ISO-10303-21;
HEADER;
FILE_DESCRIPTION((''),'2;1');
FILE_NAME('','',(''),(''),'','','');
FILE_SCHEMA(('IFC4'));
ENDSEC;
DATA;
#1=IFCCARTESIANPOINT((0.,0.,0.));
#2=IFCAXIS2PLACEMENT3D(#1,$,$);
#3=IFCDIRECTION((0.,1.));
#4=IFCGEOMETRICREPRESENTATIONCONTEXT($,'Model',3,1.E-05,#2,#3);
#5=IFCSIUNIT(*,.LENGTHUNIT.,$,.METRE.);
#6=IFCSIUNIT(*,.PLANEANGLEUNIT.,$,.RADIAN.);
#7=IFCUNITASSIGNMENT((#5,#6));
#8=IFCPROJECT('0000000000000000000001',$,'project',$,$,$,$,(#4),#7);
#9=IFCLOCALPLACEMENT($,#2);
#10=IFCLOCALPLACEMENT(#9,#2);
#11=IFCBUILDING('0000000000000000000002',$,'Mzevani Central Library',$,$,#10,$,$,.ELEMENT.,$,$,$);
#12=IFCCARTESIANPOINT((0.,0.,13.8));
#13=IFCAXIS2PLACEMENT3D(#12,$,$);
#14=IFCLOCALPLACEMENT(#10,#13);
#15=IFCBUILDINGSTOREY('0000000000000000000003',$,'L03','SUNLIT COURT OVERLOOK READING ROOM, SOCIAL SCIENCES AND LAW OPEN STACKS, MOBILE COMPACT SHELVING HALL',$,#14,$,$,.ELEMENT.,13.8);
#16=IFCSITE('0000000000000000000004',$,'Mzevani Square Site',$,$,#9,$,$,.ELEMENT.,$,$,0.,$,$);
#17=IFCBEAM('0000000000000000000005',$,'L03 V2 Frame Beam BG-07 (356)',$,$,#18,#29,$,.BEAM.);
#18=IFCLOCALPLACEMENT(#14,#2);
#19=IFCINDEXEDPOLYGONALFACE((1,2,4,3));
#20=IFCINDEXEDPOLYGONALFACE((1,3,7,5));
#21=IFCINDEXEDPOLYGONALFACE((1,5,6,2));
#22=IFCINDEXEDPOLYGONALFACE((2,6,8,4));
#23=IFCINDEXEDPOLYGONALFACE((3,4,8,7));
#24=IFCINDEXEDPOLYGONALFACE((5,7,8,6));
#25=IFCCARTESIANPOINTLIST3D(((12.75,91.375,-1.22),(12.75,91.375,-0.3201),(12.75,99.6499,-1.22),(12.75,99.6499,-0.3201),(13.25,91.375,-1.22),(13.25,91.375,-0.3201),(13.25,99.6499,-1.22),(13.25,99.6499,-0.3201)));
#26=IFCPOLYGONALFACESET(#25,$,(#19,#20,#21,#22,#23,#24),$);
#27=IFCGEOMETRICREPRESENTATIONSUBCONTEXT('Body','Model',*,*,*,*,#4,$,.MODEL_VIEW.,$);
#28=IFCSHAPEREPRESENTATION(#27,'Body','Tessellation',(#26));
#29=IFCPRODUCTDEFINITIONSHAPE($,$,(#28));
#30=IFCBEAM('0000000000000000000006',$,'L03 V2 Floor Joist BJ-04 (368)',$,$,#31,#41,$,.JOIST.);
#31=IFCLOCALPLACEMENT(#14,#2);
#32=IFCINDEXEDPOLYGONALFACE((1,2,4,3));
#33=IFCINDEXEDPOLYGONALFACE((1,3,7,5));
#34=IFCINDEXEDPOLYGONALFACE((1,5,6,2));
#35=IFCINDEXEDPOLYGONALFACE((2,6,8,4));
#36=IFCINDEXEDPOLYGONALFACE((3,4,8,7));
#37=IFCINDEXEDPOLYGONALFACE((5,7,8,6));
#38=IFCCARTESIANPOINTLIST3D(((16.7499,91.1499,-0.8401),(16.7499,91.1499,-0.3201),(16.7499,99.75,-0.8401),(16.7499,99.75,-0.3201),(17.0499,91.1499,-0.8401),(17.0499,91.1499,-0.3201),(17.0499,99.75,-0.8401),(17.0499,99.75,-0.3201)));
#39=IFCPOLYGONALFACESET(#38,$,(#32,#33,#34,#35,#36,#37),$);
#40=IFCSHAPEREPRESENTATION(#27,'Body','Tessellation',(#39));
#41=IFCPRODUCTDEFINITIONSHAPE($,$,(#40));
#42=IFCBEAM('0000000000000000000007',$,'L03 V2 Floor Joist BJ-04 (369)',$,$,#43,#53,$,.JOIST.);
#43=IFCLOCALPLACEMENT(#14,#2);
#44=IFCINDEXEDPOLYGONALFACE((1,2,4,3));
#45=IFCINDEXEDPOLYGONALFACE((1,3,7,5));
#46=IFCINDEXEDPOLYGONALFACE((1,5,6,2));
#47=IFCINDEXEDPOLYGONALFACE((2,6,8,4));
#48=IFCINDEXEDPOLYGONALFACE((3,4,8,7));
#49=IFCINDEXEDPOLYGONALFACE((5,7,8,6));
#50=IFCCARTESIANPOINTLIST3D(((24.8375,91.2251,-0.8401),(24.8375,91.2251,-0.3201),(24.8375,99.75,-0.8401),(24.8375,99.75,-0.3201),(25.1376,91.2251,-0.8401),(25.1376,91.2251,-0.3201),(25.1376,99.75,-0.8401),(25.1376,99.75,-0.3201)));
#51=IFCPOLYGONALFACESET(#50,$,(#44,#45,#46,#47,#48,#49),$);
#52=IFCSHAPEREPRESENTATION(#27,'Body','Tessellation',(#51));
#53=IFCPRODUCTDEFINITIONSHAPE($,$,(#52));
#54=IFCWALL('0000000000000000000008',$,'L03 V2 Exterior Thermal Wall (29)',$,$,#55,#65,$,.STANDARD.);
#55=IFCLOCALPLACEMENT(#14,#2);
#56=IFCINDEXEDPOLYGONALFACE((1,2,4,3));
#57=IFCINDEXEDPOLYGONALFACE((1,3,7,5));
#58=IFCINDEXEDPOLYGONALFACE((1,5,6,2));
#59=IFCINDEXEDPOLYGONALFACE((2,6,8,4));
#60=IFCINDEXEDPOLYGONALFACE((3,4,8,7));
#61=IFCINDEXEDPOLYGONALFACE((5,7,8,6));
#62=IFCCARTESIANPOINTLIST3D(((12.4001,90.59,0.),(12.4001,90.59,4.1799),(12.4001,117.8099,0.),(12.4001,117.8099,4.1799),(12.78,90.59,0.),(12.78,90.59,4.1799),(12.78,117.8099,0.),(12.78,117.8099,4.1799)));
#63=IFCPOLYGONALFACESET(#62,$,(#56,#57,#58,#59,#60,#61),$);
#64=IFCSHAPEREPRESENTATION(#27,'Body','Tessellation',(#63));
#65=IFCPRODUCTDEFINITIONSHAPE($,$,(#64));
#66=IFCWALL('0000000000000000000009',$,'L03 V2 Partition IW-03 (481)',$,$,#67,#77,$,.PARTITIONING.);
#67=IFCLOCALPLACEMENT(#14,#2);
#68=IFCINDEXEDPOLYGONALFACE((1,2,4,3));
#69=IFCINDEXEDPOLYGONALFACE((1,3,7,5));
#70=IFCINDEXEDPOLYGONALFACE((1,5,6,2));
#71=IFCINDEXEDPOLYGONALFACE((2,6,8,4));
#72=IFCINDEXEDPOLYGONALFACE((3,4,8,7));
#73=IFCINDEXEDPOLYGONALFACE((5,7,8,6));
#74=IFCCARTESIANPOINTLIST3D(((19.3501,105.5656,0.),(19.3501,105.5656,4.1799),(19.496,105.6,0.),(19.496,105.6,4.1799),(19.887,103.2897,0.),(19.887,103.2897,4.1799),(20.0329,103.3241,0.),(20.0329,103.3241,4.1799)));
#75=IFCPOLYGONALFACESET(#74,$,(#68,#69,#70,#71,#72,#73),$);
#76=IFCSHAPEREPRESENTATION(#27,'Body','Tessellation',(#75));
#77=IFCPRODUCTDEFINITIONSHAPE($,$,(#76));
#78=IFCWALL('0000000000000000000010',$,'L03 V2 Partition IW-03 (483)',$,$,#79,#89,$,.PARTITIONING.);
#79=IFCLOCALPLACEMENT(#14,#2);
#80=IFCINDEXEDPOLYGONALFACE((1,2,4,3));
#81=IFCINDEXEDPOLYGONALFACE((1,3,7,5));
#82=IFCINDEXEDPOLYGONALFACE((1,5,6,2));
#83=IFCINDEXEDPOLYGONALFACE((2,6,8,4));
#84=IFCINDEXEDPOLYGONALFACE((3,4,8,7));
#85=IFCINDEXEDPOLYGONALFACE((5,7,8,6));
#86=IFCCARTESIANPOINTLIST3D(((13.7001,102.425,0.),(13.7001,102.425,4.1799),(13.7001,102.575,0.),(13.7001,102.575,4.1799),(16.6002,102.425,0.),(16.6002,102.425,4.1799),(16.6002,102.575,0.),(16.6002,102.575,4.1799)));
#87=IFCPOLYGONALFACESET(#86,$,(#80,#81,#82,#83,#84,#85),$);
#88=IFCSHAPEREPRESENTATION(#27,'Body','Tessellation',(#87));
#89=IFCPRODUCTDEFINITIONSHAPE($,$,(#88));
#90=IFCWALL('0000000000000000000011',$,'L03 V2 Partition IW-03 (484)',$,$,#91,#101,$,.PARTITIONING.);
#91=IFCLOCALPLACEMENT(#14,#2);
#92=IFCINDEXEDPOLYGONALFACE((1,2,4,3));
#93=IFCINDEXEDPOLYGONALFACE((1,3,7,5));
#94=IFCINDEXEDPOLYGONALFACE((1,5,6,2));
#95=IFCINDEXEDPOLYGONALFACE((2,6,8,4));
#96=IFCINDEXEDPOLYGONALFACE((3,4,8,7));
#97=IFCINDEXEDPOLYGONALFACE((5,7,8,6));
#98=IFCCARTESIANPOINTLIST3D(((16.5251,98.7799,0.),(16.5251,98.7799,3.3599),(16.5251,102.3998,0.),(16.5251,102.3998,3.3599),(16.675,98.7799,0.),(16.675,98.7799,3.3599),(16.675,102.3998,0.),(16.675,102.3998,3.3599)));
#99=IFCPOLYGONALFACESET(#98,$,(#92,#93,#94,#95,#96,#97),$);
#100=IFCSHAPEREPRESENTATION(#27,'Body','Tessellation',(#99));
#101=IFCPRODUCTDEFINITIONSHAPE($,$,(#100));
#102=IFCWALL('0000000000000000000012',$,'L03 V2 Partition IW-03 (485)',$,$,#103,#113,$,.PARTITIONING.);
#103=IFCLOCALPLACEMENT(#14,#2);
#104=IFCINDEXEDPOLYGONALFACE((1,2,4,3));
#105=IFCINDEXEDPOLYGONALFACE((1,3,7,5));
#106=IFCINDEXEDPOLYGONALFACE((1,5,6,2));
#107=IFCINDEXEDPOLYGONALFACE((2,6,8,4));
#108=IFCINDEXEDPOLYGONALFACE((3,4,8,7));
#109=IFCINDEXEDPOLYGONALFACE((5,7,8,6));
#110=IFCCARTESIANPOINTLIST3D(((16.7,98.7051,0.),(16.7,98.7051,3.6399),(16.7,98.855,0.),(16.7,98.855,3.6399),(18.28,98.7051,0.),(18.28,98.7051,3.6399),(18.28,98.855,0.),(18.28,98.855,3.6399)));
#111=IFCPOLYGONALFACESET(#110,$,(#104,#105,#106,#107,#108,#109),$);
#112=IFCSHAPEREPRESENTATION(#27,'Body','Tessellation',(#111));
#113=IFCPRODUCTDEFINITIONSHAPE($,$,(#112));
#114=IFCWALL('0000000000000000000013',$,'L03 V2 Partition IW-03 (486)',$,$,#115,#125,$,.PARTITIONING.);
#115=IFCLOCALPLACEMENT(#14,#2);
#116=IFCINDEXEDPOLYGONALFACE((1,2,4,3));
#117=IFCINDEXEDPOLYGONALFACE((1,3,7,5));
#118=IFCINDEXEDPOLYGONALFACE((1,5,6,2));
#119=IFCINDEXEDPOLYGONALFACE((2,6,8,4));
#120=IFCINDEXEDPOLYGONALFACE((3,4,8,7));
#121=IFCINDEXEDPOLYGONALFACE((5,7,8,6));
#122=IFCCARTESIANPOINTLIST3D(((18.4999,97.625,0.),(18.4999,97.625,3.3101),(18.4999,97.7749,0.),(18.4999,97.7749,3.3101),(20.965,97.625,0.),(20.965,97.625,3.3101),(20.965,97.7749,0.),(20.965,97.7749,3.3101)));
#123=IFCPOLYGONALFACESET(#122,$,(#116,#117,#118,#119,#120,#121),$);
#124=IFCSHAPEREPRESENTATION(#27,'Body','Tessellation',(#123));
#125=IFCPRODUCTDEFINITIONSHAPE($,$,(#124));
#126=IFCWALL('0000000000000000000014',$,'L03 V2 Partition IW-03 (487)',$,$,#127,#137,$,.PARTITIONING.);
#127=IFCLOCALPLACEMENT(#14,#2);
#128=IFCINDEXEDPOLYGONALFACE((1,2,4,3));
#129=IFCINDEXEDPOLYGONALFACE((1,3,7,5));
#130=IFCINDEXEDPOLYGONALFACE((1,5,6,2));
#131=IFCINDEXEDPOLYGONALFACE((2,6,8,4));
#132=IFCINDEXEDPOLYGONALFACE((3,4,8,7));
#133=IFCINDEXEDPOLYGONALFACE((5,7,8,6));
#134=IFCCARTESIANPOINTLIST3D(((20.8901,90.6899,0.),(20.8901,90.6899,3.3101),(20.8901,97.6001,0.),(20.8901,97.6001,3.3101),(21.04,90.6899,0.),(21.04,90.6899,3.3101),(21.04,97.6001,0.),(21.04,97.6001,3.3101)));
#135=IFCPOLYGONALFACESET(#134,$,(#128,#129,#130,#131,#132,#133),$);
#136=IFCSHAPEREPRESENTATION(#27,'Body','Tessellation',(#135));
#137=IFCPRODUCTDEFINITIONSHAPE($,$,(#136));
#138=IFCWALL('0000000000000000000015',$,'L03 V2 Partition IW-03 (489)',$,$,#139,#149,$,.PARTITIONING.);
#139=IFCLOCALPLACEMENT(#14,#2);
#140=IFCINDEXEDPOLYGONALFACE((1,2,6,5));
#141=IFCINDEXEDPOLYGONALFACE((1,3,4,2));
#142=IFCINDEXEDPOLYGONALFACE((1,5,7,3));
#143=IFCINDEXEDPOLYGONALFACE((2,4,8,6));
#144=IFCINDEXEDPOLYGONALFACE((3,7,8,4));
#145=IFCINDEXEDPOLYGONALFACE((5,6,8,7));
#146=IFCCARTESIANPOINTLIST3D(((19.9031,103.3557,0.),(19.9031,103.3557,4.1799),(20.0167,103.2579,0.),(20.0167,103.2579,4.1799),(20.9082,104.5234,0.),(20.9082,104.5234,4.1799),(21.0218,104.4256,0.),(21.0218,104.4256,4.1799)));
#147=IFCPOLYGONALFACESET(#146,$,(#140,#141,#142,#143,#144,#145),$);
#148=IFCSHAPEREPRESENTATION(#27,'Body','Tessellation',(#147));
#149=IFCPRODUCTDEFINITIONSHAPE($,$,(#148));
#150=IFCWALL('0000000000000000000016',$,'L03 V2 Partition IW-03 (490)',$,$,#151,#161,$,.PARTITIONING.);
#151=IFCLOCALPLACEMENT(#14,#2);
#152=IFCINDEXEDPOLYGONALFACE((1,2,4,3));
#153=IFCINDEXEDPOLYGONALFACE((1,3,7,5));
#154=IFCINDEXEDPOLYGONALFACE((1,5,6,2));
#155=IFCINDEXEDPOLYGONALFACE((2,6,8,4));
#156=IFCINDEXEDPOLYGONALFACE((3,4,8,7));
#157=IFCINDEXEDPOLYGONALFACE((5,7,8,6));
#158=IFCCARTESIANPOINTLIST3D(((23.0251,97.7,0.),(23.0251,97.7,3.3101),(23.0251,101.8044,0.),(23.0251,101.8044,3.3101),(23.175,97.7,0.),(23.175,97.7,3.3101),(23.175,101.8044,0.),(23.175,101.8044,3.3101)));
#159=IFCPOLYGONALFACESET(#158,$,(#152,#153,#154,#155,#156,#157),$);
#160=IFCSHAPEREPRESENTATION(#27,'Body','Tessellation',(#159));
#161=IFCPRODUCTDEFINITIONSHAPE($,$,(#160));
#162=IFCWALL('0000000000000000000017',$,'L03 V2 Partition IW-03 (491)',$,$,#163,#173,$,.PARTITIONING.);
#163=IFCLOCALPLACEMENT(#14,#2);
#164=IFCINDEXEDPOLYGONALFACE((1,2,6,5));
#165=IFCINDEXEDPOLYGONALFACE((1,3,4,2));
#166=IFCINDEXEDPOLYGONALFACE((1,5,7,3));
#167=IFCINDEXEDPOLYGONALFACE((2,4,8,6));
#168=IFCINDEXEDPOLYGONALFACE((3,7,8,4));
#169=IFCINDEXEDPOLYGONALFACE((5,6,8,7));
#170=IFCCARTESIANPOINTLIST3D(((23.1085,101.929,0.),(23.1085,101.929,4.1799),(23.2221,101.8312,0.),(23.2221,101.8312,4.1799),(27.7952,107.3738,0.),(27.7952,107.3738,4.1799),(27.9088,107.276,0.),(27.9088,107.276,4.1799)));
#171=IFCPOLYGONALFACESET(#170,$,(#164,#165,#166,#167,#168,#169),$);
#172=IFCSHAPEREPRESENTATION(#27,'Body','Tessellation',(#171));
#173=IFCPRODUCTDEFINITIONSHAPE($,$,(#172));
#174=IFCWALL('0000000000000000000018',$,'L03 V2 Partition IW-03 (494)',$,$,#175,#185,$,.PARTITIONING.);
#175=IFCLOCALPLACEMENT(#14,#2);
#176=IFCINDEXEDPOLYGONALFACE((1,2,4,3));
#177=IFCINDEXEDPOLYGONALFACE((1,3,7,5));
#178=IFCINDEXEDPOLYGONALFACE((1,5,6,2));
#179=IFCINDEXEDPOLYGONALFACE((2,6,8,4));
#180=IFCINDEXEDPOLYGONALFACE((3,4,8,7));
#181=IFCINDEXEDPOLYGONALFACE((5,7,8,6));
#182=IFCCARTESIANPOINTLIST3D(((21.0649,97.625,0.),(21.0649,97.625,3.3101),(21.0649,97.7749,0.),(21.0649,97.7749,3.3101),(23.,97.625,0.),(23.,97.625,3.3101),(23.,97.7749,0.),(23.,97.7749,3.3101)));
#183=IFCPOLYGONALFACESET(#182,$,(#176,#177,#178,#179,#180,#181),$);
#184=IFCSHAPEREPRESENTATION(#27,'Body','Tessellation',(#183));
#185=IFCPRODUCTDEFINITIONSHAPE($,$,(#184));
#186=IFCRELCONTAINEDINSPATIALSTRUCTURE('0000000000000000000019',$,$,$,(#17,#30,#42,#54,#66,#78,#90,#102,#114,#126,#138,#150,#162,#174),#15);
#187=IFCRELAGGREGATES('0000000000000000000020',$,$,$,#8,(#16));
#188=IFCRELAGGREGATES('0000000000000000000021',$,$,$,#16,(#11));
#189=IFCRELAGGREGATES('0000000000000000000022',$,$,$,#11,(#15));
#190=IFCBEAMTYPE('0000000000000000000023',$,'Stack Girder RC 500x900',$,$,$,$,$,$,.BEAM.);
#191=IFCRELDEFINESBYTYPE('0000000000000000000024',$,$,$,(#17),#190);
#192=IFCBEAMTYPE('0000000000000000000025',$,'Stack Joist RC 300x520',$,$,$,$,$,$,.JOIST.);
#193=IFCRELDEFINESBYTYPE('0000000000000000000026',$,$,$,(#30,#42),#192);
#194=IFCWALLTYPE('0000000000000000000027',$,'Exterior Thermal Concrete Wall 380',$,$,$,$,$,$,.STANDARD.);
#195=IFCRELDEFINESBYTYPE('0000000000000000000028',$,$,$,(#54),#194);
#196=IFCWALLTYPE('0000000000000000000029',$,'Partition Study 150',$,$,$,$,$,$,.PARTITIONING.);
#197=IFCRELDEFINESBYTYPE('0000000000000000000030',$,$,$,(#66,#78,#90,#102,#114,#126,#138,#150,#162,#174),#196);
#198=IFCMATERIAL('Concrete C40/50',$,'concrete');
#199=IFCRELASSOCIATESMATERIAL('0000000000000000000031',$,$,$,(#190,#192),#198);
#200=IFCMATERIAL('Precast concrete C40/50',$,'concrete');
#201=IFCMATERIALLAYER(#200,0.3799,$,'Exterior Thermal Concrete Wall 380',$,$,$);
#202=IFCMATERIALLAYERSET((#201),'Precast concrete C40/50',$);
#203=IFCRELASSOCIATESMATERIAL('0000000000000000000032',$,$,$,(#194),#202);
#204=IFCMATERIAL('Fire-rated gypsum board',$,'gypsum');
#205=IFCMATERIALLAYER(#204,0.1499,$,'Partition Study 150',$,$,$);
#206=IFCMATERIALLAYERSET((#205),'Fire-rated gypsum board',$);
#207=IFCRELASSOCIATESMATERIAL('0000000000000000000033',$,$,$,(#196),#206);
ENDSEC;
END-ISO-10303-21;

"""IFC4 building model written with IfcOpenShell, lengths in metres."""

from ifc_helpers import new_model, si_unit, direction, frame, frame_2d, origin, origin_2d, place, context, subcontext, project, spatial, rectangle, extrude, material, layer, layer_set, material_profile, profile_set, type_object, element, save


model = new_model("IFC4")

# Units and contexts
model_context = context("Model", 3, precision=1e-05, world=origin(), true_north=direction((0.0, 1.0)))
body_context = subcontext(model_context, "Body", "Model", "MODEL_VIEW")
ifc_project = project(units=[si_unit("LENGTHUNIT", "METRE"), si_unit("PLANEANGLEUNIT", "RADIAN")], contexts=[model_context])

# Site, building, storey
site_placement = place(None, origin())
site = spatial("IfcSite", under=ifc_project, at=site_placement, Name="Mzevani Square Site", CompositionType="ELEMENT", RefElevation=0.0)
building_placement = place(site_placement, origin())
building = spatial("IfcBuilding", under=site, at=building_placement, Name="Mzevani Central Library", CompositionType="ELEMENT")
storey_placement = place(building_placement, frame((0.0, 0.0, 13.8)))
storey = spatial("IfcBuildingStorey", under=building, at=storey_placement, Name="L03", Description="SUNLIT COURT OVERLOOK READING ROOM, SOCIAL SCIENCES AND LAW OPEN STACKS, MOBILE COMPACT SHELVING HALL", CompositionType="ELEMENT", Elevation=13.8)

# Shared definitions
ifc_material_1 = material(Name="Concrete C40/50", Category="concrete")

# Beams
ifc_material_2 = material(Name="Precast concrete C40/50", Category="concrete")
ifc_material_profile_1 = material_profile(ifc_material_1, rectangle(XDim=0.5, YDim=0.8999, at=origin_2d()), Name="RC B500x900")
ifc_profile_set_1 = profile_set([ifc_material_profile_1], Name="Concrete C40/50")
beam_type_1 = type_object("IfcBeamType", Name="Stack Girder RC 500x900", PredefinedType="BEAM", material=ifc_profile_set_1)
beam_1_placement = place(storey_placement, frame((13.0, 91.375, -0.77), z_axis=(0.0, 1.0, 0.0), x_axis=(-1.0, 0.0, 0.0)))
element("IfcBeam", 1, at=beam_1_placement, inside=storey, type_object=beam_type_1, Name="L03 V2 Frame Beam BG-07 (356)", PredefinedType="BEAM", context=body_context, shape_type="SweptSolid", body=[
    extrude(rectangle(XDim=0.5, YDim=0.8999, at=origin_2d()), origin(), (0.0, 0.0, 1.0), 8.2749),
])
ifc_material_profile_2 = material_profile(ifc_material_1, rectangle(XDim=0.3, YDim=0.52, at=origin_2d()), Name="RC J300x520")
ifc_profile_set_2 = profile_set([ifc_material_profile_2], Name="Concrete C40/50")
beam_type_2 = type_object("IfcBeamType", Name="Stack Joist RC 300x520", PredefinedType="JOIST", material=ifc_profile_set_2)
beam_2_placement = place(storey_placement, frame((16.8999, 91.1499, -0.5801), z_axis=(0.0, 1.0, 0.0), x_axis=(-1.0, 0.0, 0.0)))
element("IfcBeam", 2, at=beam_2_placement, inside=storey, type_object=beam_type_2, Name="L03 V2 Floor Joist BJ-04 (368)", PredefinedType="JOIST", context=body_context, shape_type="SweptSolid", body=[
    extrude(rectangle(XDim=0.3, YDim=0.52, at=origin_2d()), origin(), (0.0, 0.0, 1.0), 8.6001),
])
beam_3_placement = place(storey_placement, frame((24.9875, 91.2251, -0.5801), z_axis=(0.0, 1.0, 0.0), x_axis=(-1.0, 0.0, 0.0)))
element("IfcBeam", 3, at=beam_3_placement, inside=storey, type_object=beam_type_2, Name="L03 V2 Floor Joist BJ-04 (369)", PredefinedType="JOIST", context=body_context, shape_type="SweptSolid", body=[
    extrude(rectangle(XDim=0.3, YDim=0.52, at=origin_2d()), origin(), (0.0, 0.0, 1.0), 8.5249),
])

# Walls
ifc_layer_1 = layer(ifc_material_2, 0.3799, Name="Exterior Thermal Concrete Wall 380")
ifc_layer_set_1 = layer_set([ifc_layer_1], Name="Precast concrete C40/50")
wall_type_1 = type_object("IfcWallType", Name="Exterior Thermal Concrete Wall 380", PredefinedType="STANDARD", material=ifc_layer_set_1)
wall_1_placement = place(storey_placement, frame((12.5901, 90.5901, 0.0), z_axis=(0.0, 0.0, 1.0), x_axis=(0.0, 1.0, 0.0)))
element("IfcWall", 4, at=wall_1_placement, inside=storey, type_object=wall_type_1, Name="L03 V2 Exterior Thermal Wall (29)", PredefinedType="STANDARD", context=body_context, shape_type="SweptSolid", body=[
    extrude(rectangle(XDim=27.22, YDim=0.3799, at=frame_2d((13.6099, 0.0))), origin(), (0.0, 0.0, 1.0), 4.1799),
])
ifc_material_3 = material(Name="Fire-rated gypsum board", Category="gypsum")
ifc_layer_2 = layer(ifc_material_3, 0.1499, Name="Partition Study 150")
ifc_layer_set_2 = layer_set([ifc_layer_2], Name="Fire-rated gypsum board")
wall_type_2 = type_object("IfcWallType", Name="Partition Study 150", PredefinedType="PARTITIONING", material=ifc_layer_set_2)
wall_2_placement = place(storey_placement, frame((19.96, 103.3069, 0.0), z_axis=(0.0, 0.0, 1.0), x_axis=(-0.229592, 0.973287, 0.0)))
element("IfcWall", 5, at=wall_2_placement, inside=storey, type_object=wall_type_2, Name="L03 V2 Partition IW-03 (481)", PredefinedType="PARTITIONING", context=body_context, shape_type="SweptSolid", body=[
    extrude(rectangle(XDim=2.3384, YDim=0.1499, at=frame_2d((1.1692, 0.0))), origin(), (0.0, 0.0, 1.0), 4.1799),
])
wall_3_placement = place(storey_placement, frame((13.7, 102.5, 0.0), z_axis=(0.0, 0.0, 1.0), x_axis=(1.0, 0.0, 0.0)))
element("IfcWall", 6, at=wall_3_placement, inside=storey, type_object=wall_type_2, Name="L03 V2 Partition IW-03 (483)", PredefinedType="PARTITIONING", context=body_context, shape_type="SweptSolid", body=[
    extrude(rectangle(XDim=2.9001, YDim=0.1499, at=frame_2d((1.4502, 0.0))), origin(), (0.0, 0.0, 1.0), 4.1799),
])
wall_4_placement = place(storey_placement, frame((16.6001, 102.3999, 0.0), z_axis=(0.0, 0.0, 1.0), x_axis=(0.0, -1.0, 0.0)))
element("IfcWall", 7, at=wall_4_placement, inside=storey, type_object=wall_type_2, Name="L03 V2 Partition IW-03 (484)", PredefinedType="PARTITIONING", context=body_context, shape_type="SweptSolid", body=[
    extrude(rectangle(XDim=3.6199, YDim=0.1499, at=frame_2d((1.8101, 0.0))), origin(), (0.0, 0.0, 1.0), 3.3599),
])
wall_5_placement = place(storey_placement, frame((16.7, 98.78, 0.0), z_axis=(0.0, 0.0, 1.0), x_axis=(1.0, 0.0, 0.0)))
element("IfcWall", 8, at=wall_5_placement, inside=storey, type_object=wall_type_2, Name="L03 V2 Partition IW-03 (485)", PredefinedType="PARTITIONING", context=body_context, shape_type="SweptSolid", body=[
    extrude(rectangle(XDim=1.5801, YDim=0.1499, at=frame_2d((0.79, 0.0))), origin(), (0.0, 0.0, 1.0), 3.6399),
])
wall_6_placement = place(storey_placement, frame((18.5, 97.7, 0.0), z_axis=(0.0, 0.0, 1.0), x_axis=(1.0, 0.0, 0.0)))
element("IfcWall", 9, at=wall_6_placement, inside=storey, type_object=wall_type_2, Name="L03 V2 Partition IW-03 (486)", PredefinedType="PARTITIONING", context=body_context, shape_type="SweptSolid", body=[
    extrude(rectangle(XDim=2.4651, YDim=0.1499, at=frame_2d((1.2324, 0.0))), origin(), (0.0, 0.0, 1.0), 3.3101),
])
wall_7_placement = place(storey_placement, frame((20.9651, 97.6001, 0.0), z_axis=(0.0, 0.0, 1.0), x_axis=(0.0, -1.0, 0.0)))
element("IfcWall", 10, at=wall_7_placement, inside=storey, type_object=wall_type_2, Name="L03 V2 Partition IW-03 (487)", PredefinedType="PARTITIONING", context=body_context, shape_type="SweptSolid", body=[
    extrude(rectangle(XDim=6.9102, YDim=0.1499, at=frame_2d((3.4551, 0.0))), origin(), (0.0, 0.0, 1.0), 3.3101),
])
wall_8_placement = place(storey_placement, frame((20.9651, 104.4746, 0.0), z_axis=(0.0, 0.0, 1.0), x_axis=(-0.652369, -0.757902, 0.0)))
element("IfcWall", 11, at=wall_8_placement, inside=storey, type_object=wall_type_2, Name="L03 V2 Partition IW-03 (489)", PredefinedType="PARTITIONING", context=body_context, shape_type="SweptSolid", body=[
    extrude(rectangle(XDim=1.5408, YDim=0.1499, at=frame_2d((0.7705, 0.0))), origin(), (0.0, 0.0, 1.0), 4.1799),
])
wall_9_placement = place(storey_placement, frame((23.1001, 97.7, 0.0), z_axis=(0.0, 0.0, 1.0), x_axis=(0.0, 1.0, 0.0)))
element("IfcWall", 12, at=wall_9_placement, inside=storey, type_object=wall_type_2, Name="L03 V2 Partition IW-03 (490)", PredefinedType="PARTITIONING", context=body_context, shape_type="SweptSolid", body=[
    extrude(rectangle(XDim=4.1045, YDim=0.1499, at=frame_2d((2.0522, 0.0))), origin(), (0.0, 0.0, 1.0), 3.3101),
])
wall_10_placement = place(storey_placement, frame((23.1653, 101.8801, 0.0), z_axis=(0.0, 0.0, 1.0), x_axis=(0.652377, 0.757895, 0.0)))
element("IfcWall", 13, at=wall_10_placement, inside=storey, type_object=wall_type_2, Name="L03 V2 Partition IW-03 (491)", PredefinedType="PARTITIONING", context=body_context, shape_type="SweptSolid", body=[
    extrude(rectangle(XDim=7.1841, YDim=0.1499, at=frame_2d((3.592, 0.0))), origin(), (0.0, 0.0, 1.0), 4.1799),
])
wall_11_placement = place(storey_placement, frame((21.0649, 97.7, 0.0), z_axis=(0.0, 0.0, 1.0), x_axis=(1.0, 0.0, 0.0)))
element("IfcWall", 14, at=wall_11_placement, inside=storey, type_object=wall_type_2, Name="L03 V2 Partition IW-03 (494)", PredefinedType="PARTITIONING", context=body_context, shape_type="SweptSolid", body=[
    extrude(rectangle(XDim=1.9351, YDim=0.1499, at=frame_2d((0.9675, 0.0))), origin(), (0.0, 0.0, 1.0), 3.3101),
])

save(model, "model.ifc")
